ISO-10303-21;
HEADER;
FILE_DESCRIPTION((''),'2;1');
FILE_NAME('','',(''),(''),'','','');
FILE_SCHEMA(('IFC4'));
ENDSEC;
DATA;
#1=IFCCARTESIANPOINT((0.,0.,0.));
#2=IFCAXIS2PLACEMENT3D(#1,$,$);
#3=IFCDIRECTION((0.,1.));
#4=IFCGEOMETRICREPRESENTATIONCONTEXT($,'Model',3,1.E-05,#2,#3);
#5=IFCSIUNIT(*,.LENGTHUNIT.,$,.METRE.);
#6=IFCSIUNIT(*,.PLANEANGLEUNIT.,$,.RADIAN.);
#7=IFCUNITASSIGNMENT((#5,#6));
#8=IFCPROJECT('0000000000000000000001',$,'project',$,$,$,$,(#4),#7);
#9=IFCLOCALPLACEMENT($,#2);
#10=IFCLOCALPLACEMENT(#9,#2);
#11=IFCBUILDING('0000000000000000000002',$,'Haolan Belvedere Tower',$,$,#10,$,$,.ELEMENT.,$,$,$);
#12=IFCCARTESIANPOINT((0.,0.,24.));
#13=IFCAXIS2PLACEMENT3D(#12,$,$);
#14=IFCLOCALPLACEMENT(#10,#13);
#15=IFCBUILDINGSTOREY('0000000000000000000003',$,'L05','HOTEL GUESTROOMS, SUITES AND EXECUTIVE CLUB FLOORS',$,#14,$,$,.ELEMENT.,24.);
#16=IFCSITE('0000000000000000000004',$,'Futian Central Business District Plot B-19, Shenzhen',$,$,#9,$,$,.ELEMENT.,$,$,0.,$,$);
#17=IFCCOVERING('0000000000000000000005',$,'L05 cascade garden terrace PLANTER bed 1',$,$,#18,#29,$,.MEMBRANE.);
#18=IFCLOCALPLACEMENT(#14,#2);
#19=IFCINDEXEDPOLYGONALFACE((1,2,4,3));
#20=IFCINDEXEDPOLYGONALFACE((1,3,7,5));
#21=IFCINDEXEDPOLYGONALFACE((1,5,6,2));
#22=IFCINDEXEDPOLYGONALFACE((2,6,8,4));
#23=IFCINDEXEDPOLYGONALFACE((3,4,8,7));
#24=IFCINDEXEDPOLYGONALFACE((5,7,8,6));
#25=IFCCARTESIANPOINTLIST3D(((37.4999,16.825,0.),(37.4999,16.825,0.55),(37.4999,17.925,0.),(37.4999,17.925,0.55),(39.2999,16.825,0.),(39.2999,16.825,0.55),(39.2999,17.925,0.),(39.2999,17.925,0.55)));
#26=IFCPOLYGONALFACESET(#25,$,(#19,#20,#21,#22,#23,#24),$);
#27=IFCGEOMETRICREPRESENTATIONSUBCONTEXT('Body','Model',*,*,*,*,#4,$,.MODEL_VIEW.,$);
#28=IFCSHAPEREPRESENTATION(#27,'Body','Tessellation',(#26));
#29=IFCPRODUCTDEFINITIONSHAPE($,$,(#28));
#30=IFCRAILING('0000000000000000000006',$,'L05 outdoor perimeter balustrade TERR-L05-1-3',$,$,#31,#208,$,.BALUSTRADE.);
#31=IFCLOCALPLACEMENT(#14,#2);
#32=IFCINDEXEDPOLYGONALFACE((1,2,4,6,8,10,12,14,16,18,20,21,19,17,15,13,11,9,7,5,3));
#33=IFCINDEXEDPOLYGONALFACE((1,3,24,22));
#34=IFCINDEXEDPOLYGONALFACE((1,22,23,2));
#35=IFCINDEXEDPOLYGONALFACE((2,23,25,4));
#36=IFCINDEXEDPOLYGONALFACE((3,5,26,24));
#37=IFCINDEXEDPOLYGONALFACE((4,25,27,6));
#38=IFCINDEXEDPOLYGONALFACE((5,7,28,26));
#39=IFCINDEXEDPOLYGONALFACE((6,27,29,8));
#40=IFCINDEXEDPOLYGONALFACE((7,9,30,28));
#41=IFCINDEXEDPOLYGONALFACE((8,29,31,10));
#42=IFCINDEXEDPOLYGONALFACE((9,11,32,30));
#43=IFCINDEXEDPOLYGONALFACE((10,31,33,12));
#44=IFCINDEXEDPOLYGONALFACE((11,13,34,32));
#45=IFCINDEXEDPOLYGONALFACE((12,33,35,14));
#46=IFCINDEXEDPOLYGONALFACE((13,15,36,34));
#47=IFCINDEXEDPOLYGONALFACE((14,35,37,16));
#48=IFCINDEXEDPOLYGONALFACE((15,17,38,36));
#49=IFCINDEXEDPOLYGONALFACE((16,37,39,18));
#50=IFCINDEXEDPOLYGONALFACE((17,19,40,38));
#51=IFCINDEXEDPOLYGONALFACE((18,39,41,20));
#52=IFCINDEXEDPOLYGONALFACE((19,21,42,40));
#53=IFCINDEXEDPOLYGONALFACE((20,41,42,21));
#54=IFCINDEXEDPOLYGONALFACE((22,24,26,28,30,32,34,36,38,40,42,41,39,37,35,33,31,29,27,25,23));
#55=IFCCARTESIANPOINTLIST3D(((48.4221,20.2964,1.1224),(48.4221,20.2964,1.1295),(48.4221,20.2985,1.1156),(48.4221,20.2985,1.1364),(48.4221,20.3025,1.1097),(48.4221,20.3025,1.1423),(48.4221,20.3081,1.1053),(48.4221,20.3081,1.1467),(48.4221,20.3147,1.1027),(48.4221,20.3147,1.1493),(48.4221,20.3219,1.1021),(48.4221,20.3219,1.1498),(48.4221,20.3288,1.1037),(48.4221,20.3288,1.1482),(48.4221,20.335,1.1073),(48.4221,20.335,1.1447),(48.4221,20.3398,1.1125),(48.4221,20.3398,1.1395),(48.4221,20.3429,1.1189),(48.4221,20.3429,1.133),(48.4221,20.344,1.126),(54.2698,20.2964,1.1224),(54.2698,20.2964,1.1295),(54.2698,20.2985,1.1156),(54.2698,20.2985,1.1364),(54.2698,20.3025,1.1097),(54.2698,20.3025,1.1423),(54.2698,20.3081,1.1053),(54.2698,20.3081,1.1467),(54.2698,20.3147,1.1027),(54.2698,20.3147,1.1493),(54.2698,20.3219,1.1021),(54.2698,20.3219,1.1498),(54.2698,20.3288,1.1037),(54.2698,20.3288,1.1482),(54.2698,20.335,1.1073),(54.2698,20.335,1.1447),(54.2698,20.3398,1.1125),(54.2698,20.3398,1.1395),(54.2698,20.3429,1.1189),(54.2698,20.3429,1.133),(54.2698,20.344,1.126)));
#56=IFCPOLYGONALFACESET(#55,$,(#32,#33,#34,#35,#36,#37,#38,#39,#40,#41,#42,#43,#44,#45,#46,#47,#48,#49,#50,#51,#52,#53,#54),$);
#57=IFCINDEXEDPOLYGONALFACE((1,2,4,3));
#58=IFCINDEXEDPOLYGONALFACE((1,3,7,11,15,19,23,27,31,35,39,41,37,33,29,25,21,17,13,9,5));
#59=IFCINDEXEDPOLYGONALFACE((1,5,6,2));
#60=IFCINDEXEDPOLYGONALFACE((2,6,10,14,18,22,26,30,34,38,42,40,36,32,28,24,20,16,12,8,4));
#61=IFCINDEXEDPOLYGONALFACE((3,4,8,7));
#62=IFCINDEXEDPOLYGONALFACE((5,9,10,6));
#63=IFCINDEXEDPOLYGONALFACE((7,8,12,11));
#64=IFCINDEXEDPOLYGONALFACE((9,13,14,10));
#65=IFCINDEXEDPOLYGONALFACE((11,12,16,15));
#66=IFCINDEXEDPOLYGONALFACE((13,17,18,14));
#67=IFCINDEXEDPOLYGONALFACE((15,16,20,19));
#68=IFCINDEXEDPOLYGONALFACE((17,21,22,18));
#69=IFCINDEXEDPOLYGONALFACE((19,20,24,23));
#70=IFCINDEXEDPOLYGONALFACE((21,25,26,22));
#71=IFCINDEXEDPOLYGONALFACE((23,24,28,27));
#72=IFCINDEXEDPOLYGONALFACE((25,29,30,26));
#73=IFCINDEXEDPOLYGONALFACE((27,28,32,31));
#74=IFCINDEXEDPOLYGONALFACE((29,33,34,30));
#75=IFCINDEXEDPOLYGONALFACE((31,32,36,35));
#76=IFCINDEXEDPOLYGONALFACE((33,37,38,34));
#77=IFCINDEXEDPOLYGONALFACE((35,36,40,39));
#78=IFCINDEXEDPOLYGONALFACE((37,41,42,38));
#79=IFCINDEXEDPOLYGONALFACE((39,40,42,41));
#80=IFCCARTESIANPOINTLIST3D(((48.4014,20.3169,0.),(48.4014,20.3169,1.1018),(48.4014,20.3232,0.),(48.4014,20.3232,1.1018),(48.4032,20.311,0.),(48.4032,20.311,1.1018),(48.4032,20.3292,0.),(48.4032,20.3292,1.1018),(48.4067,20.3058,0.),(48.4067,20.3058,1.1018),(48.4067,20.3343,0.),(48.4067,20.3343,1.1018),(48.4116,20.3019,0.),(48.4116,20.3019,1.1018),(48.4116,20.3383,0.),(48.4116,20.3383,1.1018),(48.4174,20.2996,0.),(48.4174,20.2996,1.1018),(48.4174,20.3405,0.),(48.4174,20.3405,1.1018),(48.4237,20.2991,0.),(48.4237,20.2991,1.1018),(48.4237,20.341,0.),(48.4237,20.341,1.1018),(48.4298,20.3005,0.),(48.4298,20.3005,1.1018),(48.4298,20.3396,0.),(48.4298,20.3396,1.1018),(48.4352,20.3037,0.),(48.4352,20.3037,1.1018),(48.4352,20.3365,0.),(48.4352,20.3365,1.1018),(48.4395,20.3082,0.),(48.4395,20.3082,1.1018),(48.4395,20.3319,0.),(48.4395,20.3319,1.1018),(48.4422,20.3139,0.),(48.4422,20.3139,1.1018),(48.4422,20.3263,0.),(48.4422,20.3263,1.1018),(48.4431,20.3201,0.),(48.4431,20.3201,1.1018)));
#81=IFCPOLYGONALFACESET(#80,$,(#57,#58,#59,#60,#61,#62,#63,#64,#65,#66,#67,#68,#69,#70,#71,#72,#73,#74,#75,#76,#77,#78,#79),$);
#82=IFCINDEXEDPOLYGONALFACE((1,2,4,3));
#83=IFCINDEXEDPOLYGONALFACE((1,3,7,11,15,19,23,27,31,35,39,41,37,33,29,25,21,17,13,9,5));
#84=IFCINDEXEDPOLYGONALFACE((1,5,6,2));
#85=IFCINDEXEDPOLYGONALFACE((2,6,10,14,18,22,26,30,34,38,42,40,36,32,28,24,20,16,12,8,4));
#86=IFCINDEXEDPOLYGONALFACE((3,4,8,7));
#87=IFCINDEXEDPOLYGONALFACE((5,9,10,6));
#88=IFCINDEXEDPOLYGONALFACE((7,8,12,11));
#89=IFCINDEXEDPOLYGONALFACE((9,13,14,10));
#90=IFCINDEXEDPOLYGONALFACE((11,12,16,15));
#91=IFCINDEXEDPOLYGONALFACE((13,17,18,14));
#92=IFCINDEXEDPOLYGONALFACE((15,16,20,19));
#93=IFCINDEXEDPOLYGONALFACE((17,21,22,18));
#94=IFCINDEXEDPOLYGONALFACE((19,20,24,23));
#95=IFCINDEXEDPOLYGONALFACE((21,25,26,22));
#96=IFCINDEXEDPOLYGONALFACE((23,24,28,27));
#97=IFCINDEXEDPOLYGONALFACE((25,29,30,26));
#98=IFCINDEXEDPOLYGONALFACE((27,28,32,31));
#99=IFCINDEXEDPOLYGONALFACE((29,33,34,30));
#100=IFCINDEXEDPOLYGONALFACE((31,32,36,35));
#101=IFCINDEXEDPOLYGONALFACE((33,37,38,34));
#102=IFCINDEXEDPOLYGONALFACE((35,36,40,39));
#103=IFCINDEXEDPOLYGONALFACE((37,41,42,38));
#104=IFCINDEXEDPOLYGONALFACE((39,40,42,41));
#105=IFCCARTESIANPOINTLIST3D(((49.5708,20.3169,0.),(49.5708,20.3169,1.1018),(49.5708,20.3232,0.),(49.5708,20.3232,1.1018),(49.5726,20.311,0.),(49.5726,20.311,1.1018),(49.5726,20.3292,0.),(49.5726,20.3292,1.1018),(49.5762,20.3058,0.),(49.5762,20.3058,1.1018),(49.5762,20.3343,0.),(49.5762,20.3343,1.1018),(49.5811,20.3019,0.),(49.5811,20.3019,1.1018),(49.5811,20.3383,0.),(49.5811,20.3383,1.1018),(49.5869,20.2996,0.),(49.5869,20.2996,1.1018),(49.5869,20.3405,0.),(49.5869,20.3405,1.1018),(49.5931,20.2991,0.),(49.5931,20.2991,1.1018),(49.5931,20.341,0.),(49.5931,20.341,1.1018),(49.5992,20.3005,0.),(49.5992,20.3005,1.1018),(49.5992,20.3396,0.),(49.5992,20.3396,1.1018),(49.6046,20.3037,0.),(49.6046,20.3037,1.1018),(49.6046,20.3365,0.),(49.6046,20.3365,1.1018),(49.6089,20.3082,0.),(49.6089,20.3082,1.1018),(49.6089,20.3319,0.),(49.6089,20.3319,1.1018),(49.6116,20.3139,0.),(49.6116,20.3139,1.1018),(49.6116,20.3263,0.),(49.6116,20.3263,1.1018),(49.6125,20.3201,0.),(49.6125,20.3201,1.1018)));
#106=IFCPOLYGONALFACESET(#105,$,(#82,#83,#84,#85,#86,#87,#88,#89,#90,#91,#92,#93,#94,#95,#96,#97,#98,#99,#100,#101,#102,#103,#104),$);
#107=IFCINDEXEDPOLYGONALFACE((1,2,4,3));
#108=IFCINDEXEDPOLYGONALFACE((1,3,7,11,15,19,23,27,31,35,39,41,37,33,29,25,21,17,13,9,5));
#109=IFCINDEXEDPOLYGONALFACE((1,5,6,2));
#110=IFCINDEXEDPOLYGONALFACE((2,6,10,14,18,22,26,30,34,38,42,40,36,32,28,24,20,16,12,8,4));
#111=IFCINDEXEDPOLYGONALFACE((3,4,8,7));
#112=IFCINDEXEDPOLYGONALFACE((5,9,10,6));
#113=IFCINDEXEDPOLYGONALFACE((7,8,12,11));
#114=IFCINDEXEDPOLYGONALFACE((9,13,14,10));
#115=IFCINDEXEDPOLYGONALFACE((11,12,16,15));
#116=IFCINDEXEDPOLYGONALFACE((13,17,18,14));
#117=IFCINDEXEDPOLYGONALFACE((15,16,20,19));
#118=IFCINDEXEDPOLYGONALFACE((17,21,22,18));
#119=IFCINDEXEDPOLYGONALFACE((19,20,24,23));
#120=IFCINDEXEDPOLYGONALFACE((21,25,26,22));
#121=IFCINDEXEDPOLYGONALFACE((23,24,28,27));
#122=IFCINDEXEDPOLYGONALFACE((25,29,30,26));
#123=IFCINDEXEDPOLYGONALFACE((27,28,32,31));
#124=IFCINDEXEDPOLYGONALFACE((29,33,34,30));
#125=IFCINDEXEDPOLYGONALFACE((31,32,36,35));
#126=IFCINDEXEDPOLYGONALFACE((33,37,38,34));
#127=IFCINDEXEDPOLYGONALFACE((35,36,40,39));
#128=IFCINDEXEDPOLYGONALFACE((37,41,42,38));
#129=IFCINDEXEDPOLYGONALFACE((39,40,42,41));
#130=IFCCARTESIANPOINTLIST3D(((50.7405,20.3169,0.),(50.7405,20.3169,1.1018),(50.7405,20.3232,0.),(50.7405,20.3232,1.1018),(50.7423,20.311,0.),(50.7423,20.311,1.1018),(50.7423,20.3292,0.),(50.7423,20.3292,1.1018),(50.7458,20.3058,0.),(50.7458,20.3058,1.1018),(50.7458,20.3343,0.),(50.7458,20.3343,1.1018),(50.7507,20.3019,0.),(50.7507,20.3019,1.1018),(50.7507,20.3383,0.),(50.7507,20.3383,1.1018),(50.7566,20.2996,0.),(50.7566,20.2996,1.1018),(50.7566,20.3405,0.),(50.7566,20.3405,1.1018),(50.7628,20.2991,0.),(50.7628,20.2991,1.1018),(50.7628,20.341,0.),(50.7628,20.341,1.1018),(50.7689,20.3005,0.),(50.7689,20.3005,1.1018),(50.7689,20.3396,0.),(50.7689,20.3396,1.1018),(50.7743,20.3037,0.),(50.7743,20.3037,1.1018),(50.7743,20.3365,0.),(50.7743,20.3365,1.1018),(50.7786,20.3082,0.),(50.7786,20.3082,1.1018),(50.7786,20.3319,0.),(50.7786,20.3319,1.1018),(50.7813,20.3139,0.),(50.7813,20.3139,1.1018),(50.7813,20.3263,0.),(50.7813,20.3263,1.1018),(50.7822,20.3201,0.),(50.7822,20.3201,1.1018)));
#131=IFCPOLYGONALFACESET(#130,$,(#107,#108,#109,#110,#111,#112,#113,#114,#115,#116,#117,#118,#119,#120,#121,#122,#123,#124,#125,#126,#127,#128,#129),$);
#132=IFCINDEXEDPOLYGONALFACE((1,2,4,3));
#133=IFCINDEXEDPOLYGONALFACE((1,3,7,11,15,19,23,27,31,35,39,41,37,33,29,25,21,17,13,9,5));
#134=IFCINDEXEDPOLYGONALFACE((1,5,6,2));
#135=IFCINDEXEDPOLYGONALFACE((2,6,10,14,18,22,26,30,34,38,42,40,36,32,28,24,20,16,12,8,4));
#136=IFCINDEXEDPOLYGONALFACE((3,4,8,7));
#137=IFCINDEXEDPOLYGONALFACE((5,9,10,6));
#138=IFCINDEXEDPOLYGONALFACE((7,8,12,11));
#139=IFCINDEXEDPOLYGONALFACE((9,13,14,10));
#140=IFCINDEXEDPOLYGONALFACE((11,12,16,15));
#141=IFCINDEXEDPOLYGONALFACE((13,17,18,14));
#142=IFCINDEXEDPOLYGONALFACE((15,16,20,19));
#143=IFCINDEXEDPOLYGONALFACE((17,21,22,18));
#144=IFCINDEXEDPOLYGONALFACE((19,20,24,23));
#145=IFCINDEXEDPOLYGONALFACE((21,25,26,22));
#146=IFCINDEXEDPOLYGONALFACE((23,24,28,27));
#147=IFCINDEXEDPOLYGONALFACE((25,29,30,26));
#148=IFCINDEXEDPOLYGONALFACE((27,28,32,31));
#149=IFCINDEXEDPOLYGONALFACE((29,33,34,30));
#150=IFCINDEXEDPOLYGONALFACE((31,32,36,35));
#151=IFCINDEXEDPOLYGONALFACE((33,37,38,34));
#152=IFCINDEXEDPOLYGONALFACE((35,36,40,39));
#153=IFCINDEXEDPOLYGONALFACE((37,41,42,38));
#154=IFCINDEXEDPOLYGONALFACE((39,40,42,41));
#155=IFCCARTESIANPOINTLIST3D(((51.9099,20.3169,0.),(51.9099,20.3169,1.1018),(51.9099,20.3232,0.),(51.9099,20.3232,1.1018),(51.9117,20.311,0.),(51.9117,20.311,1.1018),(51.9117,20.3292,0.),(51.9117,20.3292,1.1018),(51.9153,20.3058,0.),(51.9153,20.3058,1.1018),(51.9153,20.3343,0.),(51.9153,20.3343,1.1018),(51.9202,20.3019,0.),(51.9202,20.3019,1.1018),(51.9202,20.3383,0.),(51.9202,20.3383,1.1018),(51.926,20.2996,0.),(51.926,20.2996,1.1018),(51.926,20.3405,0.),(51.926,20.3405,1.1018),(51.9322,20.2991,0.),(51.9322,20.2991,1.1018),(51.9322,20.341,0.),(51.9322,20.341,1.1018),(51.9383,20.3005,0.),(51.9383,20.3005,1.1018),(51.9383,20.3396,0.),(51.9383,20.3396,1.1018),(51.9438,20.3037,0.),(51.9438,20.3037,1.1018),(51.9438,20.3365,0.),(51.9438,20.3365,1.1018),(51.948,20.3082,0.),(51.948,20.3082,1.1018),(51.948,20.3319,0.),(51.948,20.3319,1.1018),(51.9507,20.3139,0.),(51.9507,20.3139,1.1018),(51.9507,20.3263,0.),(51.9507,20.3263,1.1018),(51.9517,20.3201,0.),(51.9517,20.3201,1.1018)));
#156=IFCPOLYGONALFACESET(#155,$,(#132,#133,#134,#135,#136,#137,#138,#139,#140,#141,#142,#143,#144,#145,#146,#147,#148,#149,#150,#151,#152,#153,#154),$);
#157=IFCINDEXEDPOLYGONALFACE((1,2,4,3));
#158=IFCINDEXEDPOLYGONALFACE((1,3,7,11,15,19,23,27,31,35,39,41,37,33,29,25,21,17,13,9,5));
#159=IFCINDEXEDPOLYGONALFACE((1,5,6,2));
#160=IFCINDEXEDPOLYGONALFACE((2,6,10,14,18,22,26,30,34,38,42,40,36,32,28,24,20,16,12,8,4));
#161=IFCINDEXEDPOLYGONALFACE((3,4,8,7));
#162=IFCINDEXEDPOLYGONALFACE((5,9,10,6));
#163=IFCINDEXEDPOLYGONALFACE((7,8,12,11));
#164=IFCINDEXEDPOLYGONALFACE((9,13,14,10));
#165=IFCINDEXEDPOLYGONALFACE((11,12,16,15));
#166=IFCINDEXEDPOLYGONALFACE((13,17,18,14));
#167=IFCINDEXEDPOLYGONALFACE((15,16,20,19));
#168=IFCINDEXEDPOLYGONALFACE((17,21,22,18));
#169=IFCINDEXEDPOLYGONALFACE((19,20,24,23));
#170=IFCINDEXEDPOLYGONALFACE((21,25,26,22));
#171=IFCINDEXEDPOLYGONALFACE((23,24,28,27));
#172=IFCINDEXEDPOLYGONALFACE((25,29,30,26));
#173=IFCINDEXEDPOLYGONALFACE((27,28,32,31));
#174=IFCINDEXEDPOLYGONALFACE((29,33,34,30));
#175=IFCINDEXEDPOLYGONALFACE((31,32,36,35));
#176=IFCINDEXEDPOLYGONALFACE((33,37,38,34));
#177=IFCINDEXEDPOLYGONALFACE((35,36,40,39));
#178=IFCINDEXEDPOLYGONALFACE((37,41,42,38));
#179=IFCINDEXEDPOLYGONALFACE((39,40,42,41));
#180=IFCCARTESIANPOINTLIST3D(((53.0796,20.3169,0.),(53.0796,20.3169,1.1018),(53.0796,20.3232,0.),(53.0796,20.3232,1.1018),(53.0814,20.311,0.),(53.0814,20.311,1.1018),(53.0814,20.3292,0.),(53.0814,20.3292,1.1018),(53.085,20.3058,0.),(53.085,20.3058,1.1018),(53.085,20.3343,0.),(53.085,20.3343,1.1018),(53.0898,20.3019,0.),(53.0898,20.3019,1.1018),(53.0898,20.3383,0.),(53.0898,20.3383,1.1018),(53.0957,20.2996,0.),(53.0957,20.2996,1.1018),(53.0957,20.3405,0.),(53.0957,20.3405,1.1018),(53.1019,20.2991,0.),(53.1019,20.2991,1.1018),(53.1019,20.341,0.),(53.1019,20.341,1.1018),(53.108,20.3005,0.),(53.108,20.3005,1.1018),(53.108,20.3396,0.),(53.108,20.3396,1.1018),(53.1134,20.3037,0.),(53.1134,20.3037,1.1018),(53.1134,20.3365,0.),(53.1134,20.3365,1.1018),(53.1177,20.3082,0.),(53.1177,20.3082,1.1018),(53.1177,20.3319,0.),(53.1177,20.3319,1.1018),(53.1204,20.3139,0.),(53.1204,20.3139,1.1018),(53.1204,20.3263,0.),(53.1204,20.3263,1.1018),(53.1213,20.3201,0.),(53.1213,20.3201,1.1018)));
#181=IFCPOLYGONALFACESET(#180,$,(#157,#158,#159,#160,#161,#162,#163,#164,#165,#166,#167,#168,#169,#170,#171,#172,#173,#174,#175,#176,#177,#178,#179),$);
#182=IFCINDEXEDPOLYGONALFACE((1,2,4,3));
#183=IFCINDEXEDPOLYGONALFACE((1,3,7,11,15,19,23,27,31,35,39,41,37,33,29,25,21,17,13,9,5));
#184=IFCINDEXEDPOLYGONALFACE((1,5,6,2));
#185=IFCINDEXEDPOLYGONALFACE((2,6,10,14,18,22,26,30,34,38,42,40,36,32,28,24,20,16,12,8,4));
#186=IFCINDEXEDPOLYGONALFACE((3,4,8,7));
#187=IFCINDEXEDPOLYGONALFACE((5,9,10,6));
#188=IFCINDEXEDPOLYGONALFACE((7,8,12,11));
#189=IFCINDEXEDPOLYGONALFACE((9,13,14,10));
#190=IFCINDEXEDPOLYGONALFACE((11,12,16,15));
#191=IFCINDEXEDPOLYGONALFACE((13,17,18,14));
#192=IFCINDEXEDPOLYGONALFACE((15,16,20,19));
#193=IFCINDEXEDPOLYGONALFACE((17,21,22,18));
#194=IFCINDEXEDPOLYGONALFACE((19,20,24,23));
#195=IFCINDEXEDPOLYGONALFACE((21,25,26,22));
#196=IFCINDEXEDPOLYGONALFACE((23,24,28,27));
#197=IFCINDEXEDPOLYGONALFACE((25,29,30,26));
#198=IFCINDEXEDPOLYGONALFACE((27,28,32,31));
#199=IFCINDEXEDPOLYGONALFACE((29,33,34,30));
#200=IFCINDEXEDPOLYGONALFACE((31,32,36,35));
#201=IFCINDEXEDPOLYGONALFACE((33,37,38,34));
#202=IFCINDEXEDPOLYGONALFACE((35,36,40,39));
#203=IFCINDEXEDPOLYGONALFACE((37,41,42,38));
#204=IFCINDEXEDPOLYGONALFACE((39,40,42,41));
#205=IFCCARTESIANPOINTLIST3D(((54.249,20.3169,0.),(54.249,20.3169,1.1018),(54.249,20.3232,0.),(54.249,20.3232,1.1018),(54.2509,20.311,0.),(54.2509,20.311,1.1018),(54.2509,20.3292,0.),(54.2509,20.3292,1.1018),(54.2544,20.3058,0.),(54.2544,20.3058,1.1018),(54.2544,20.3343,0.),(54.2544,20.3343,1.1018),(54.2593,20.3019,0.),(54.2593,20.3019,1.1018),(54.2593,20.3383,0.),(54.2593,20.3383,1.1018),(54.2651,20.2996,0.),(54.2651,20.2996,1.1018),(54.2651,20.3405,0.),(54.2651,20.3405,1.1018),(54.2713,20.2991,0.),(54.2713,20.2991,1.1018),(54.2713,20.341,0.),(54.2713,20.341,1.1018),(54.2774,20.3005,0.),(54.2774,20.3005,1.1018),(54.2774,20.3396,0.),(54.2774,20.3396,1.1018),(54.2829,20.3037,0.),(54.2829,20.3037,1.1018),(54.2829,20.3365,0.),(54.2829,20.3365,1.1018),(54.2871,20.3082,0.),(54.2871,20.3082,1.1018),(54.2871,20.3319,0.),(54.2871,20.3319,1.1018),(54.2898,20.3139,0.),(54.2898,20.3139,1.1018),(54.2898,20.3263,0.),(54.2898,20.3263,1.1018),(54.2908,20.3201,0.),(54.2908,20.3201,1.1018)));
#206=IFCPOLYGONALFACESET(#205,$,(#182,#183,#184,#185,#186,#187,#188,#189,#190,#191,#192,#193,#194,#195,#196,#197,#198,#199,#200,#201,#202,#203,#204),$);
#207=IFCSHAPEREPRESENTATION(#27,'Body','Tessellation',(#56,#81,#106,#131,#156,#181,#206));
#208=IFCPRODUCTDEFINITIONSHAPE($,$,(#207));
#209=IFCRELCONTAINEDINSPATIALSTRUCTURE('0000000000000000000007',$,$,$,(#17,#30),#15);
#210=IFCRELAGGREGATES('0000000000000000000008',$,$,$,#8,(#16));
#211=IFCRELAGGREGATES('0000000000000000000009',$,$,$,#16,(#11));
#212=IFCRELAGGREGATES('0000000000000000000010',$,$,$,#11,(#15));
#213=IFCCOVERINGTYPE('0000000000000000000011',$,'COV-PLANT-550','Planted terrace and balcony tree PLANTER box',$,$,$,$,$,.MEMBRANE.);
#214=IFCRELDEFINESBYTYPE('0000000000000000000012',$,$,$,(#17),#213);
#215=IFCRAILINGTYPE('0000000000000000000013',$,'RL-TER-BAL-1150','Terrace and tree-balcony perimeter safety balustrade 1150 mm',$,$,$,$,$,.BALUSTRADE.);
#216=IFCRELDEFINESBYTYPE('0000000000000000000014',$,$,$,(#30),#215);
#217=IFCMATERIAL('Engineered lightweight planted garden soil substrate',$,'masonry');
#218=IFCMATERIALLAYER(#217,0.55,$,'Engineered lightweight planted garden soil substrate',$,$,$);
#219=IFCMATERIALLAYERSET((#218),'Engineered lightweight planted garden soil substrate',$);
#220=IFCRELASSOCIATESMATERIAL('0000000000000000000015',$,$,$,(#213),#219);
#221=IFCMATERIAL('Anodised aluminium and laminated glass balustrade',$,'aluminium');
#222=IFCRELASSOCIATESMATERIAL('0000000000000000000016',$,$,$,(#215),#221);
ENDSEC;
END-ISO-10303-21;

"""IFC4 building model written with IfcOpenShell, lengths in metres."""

from ifc_helpers import new_model, si_unit, direction, frame, origin, origin_2d, place, context, subcontext, project, spatial, rectangle, circle, extrude, material, layer, layer_set, type_object, element, save


model = new_model("IFC4")

# Units and contexts
model_context = context("Model", 3, precision=1e-05, world=origin(), true_north=direction((0.0, 1.0)))
body_context = subcontext(model_context, "Body", "Model", "MODEL_VIEW")
ifc_project = project(units=[si_unit("LENGTHUNIT", "METRE"), si_unit("PLANEANGLEUNIT", "RADIAN")], contexts=[model_context])

# Site, building, storey
site_placement = place(None, origin())
site = spatial("IfcSite", under=ifc_project, at=site_placement, Name="Futian Central Business District Plot B-19, Shenzhen", CompositionType="ELEMENT", RefElevation=0.0)
building_placement = place(site_placement, origin())
building = spatial("IfcBuilding", under=site, at=building_placement, Name="Haolan Belvedere Tower", CompositionType="ELEMENT")
storey_placement = place(building_placement, frame((0.0, 0.0, 24.0)))
storey = spatial("IfcBuildingStorey", under=building, at=storey_placement, Name="L05", Description="HOTEL GUESTROOMS, SUITES AND EXECUTIVE CLUB FLOORS", CompositionType="ELEMENT", Elevation=24.0)

# Covering
ifc_material_1 = material(Name="Engineered lightweight planted garden soil substrate", Category="masonry")
ifc_layer_1 = layer(ifc_material_1, 0.55, Name="Engineered lightweight planted garden soil substrate")
ifc_layer_set_1 = layer_set([ifc_layer_1], Name="Engineered lightweight planted garden soil substrate")
covering_type = type_object("IfcCoveringType", Name="COV-PLANT-550", Description="Planted terrace and balcony tree PLANTER box", PredefinedType="MEMBRANE", material=ifc_layer_set_1)
covering_placement = place(storey_placement, frame((38.3999, 17.375, 0.0), z_axis=(0.0, 0.0, 1.0), x_axis=(1.0, 0.0, 0.0)))
element("IfcCovering", 1, at=covering_placement, inside=storey, type_object=covering_type, Name="L05 cascade garden terrace PLANTER bed 1", PredefinedType="MEMBRANE", context=body_context, shape_type="SweptSolid", body=[
    extrude(rectangle(XDim=1.8, YDim=1.1001, at=origin_2d()), origin(), (0.0, 0.0, 1.0), 0.55),
])

# Railing
ifc_material_2 = material(Name="Anodised aluminium and laminated glass balustrade", Category="aluminium")
railing_type = type_object("IfcRailingType", Name="RL-TER-BAL-1150", Description="Terrace and tree-balcony perimeter safety balustrade 1150 mm", PredefinedType="BALUSTRADE", material=ifc_material_2)
railing_placement = place(storey_placement, frame((48.4221, 20.3201, 0.0)))
element("IfcRailing", 2, at=railing_placement, inside=storey, type_object=railing_type, Name="L05 outdoor perimeter balustrade TERR-L05-1-3", PredefinedType="BALUSTRADE", context=body_context, shape_type="SweptSolid", body=[
    extrude(circle(Radius=0.0239, at=origin_2d()), frame((0.0, 0.0, 1.126), z_axis=(1.0, 0.0, 0.0), x_axis=(0.0, 1.0, 0.0)), (0.0, 0.0, 1.0), 5.8477),
    extrude(circle(Radius=0.021, at=origin_2d()), origin(), (0.0, 0.0, 1.0), 1.1018),
    extrude(circle(Radius=0.021, at=origin_2d()), frame((1.1694, 0.0, 0.0)), (0.0, 0.0, 1.0), 1.1018),
    extrude(circle(Radius=0.021, at=origin_2d()), frame((2.3391, 0.0, 0.0)), (0.0, 0.0, 1.0), 1.1018),
    extrude(circle(Radius=0.021, at=origin_2d()), frame((3.5085, 0.0, 0.0)), (0.0, 0.0, 1.0), 1.1018),
    extrude(circle(Radius=0.021, at=origin_2d()), frame((4.6782, 0.0, 0.0)), (0.0, 0.0, 1.0), 1.1018),
    extrude(circle(Radius=0.021, at=origin_2d()), frame((5.8477, 0.0, 0.0)), (0.0, 0.0, 1.0), 1.1018),
])

save(model, "model.ifc")
